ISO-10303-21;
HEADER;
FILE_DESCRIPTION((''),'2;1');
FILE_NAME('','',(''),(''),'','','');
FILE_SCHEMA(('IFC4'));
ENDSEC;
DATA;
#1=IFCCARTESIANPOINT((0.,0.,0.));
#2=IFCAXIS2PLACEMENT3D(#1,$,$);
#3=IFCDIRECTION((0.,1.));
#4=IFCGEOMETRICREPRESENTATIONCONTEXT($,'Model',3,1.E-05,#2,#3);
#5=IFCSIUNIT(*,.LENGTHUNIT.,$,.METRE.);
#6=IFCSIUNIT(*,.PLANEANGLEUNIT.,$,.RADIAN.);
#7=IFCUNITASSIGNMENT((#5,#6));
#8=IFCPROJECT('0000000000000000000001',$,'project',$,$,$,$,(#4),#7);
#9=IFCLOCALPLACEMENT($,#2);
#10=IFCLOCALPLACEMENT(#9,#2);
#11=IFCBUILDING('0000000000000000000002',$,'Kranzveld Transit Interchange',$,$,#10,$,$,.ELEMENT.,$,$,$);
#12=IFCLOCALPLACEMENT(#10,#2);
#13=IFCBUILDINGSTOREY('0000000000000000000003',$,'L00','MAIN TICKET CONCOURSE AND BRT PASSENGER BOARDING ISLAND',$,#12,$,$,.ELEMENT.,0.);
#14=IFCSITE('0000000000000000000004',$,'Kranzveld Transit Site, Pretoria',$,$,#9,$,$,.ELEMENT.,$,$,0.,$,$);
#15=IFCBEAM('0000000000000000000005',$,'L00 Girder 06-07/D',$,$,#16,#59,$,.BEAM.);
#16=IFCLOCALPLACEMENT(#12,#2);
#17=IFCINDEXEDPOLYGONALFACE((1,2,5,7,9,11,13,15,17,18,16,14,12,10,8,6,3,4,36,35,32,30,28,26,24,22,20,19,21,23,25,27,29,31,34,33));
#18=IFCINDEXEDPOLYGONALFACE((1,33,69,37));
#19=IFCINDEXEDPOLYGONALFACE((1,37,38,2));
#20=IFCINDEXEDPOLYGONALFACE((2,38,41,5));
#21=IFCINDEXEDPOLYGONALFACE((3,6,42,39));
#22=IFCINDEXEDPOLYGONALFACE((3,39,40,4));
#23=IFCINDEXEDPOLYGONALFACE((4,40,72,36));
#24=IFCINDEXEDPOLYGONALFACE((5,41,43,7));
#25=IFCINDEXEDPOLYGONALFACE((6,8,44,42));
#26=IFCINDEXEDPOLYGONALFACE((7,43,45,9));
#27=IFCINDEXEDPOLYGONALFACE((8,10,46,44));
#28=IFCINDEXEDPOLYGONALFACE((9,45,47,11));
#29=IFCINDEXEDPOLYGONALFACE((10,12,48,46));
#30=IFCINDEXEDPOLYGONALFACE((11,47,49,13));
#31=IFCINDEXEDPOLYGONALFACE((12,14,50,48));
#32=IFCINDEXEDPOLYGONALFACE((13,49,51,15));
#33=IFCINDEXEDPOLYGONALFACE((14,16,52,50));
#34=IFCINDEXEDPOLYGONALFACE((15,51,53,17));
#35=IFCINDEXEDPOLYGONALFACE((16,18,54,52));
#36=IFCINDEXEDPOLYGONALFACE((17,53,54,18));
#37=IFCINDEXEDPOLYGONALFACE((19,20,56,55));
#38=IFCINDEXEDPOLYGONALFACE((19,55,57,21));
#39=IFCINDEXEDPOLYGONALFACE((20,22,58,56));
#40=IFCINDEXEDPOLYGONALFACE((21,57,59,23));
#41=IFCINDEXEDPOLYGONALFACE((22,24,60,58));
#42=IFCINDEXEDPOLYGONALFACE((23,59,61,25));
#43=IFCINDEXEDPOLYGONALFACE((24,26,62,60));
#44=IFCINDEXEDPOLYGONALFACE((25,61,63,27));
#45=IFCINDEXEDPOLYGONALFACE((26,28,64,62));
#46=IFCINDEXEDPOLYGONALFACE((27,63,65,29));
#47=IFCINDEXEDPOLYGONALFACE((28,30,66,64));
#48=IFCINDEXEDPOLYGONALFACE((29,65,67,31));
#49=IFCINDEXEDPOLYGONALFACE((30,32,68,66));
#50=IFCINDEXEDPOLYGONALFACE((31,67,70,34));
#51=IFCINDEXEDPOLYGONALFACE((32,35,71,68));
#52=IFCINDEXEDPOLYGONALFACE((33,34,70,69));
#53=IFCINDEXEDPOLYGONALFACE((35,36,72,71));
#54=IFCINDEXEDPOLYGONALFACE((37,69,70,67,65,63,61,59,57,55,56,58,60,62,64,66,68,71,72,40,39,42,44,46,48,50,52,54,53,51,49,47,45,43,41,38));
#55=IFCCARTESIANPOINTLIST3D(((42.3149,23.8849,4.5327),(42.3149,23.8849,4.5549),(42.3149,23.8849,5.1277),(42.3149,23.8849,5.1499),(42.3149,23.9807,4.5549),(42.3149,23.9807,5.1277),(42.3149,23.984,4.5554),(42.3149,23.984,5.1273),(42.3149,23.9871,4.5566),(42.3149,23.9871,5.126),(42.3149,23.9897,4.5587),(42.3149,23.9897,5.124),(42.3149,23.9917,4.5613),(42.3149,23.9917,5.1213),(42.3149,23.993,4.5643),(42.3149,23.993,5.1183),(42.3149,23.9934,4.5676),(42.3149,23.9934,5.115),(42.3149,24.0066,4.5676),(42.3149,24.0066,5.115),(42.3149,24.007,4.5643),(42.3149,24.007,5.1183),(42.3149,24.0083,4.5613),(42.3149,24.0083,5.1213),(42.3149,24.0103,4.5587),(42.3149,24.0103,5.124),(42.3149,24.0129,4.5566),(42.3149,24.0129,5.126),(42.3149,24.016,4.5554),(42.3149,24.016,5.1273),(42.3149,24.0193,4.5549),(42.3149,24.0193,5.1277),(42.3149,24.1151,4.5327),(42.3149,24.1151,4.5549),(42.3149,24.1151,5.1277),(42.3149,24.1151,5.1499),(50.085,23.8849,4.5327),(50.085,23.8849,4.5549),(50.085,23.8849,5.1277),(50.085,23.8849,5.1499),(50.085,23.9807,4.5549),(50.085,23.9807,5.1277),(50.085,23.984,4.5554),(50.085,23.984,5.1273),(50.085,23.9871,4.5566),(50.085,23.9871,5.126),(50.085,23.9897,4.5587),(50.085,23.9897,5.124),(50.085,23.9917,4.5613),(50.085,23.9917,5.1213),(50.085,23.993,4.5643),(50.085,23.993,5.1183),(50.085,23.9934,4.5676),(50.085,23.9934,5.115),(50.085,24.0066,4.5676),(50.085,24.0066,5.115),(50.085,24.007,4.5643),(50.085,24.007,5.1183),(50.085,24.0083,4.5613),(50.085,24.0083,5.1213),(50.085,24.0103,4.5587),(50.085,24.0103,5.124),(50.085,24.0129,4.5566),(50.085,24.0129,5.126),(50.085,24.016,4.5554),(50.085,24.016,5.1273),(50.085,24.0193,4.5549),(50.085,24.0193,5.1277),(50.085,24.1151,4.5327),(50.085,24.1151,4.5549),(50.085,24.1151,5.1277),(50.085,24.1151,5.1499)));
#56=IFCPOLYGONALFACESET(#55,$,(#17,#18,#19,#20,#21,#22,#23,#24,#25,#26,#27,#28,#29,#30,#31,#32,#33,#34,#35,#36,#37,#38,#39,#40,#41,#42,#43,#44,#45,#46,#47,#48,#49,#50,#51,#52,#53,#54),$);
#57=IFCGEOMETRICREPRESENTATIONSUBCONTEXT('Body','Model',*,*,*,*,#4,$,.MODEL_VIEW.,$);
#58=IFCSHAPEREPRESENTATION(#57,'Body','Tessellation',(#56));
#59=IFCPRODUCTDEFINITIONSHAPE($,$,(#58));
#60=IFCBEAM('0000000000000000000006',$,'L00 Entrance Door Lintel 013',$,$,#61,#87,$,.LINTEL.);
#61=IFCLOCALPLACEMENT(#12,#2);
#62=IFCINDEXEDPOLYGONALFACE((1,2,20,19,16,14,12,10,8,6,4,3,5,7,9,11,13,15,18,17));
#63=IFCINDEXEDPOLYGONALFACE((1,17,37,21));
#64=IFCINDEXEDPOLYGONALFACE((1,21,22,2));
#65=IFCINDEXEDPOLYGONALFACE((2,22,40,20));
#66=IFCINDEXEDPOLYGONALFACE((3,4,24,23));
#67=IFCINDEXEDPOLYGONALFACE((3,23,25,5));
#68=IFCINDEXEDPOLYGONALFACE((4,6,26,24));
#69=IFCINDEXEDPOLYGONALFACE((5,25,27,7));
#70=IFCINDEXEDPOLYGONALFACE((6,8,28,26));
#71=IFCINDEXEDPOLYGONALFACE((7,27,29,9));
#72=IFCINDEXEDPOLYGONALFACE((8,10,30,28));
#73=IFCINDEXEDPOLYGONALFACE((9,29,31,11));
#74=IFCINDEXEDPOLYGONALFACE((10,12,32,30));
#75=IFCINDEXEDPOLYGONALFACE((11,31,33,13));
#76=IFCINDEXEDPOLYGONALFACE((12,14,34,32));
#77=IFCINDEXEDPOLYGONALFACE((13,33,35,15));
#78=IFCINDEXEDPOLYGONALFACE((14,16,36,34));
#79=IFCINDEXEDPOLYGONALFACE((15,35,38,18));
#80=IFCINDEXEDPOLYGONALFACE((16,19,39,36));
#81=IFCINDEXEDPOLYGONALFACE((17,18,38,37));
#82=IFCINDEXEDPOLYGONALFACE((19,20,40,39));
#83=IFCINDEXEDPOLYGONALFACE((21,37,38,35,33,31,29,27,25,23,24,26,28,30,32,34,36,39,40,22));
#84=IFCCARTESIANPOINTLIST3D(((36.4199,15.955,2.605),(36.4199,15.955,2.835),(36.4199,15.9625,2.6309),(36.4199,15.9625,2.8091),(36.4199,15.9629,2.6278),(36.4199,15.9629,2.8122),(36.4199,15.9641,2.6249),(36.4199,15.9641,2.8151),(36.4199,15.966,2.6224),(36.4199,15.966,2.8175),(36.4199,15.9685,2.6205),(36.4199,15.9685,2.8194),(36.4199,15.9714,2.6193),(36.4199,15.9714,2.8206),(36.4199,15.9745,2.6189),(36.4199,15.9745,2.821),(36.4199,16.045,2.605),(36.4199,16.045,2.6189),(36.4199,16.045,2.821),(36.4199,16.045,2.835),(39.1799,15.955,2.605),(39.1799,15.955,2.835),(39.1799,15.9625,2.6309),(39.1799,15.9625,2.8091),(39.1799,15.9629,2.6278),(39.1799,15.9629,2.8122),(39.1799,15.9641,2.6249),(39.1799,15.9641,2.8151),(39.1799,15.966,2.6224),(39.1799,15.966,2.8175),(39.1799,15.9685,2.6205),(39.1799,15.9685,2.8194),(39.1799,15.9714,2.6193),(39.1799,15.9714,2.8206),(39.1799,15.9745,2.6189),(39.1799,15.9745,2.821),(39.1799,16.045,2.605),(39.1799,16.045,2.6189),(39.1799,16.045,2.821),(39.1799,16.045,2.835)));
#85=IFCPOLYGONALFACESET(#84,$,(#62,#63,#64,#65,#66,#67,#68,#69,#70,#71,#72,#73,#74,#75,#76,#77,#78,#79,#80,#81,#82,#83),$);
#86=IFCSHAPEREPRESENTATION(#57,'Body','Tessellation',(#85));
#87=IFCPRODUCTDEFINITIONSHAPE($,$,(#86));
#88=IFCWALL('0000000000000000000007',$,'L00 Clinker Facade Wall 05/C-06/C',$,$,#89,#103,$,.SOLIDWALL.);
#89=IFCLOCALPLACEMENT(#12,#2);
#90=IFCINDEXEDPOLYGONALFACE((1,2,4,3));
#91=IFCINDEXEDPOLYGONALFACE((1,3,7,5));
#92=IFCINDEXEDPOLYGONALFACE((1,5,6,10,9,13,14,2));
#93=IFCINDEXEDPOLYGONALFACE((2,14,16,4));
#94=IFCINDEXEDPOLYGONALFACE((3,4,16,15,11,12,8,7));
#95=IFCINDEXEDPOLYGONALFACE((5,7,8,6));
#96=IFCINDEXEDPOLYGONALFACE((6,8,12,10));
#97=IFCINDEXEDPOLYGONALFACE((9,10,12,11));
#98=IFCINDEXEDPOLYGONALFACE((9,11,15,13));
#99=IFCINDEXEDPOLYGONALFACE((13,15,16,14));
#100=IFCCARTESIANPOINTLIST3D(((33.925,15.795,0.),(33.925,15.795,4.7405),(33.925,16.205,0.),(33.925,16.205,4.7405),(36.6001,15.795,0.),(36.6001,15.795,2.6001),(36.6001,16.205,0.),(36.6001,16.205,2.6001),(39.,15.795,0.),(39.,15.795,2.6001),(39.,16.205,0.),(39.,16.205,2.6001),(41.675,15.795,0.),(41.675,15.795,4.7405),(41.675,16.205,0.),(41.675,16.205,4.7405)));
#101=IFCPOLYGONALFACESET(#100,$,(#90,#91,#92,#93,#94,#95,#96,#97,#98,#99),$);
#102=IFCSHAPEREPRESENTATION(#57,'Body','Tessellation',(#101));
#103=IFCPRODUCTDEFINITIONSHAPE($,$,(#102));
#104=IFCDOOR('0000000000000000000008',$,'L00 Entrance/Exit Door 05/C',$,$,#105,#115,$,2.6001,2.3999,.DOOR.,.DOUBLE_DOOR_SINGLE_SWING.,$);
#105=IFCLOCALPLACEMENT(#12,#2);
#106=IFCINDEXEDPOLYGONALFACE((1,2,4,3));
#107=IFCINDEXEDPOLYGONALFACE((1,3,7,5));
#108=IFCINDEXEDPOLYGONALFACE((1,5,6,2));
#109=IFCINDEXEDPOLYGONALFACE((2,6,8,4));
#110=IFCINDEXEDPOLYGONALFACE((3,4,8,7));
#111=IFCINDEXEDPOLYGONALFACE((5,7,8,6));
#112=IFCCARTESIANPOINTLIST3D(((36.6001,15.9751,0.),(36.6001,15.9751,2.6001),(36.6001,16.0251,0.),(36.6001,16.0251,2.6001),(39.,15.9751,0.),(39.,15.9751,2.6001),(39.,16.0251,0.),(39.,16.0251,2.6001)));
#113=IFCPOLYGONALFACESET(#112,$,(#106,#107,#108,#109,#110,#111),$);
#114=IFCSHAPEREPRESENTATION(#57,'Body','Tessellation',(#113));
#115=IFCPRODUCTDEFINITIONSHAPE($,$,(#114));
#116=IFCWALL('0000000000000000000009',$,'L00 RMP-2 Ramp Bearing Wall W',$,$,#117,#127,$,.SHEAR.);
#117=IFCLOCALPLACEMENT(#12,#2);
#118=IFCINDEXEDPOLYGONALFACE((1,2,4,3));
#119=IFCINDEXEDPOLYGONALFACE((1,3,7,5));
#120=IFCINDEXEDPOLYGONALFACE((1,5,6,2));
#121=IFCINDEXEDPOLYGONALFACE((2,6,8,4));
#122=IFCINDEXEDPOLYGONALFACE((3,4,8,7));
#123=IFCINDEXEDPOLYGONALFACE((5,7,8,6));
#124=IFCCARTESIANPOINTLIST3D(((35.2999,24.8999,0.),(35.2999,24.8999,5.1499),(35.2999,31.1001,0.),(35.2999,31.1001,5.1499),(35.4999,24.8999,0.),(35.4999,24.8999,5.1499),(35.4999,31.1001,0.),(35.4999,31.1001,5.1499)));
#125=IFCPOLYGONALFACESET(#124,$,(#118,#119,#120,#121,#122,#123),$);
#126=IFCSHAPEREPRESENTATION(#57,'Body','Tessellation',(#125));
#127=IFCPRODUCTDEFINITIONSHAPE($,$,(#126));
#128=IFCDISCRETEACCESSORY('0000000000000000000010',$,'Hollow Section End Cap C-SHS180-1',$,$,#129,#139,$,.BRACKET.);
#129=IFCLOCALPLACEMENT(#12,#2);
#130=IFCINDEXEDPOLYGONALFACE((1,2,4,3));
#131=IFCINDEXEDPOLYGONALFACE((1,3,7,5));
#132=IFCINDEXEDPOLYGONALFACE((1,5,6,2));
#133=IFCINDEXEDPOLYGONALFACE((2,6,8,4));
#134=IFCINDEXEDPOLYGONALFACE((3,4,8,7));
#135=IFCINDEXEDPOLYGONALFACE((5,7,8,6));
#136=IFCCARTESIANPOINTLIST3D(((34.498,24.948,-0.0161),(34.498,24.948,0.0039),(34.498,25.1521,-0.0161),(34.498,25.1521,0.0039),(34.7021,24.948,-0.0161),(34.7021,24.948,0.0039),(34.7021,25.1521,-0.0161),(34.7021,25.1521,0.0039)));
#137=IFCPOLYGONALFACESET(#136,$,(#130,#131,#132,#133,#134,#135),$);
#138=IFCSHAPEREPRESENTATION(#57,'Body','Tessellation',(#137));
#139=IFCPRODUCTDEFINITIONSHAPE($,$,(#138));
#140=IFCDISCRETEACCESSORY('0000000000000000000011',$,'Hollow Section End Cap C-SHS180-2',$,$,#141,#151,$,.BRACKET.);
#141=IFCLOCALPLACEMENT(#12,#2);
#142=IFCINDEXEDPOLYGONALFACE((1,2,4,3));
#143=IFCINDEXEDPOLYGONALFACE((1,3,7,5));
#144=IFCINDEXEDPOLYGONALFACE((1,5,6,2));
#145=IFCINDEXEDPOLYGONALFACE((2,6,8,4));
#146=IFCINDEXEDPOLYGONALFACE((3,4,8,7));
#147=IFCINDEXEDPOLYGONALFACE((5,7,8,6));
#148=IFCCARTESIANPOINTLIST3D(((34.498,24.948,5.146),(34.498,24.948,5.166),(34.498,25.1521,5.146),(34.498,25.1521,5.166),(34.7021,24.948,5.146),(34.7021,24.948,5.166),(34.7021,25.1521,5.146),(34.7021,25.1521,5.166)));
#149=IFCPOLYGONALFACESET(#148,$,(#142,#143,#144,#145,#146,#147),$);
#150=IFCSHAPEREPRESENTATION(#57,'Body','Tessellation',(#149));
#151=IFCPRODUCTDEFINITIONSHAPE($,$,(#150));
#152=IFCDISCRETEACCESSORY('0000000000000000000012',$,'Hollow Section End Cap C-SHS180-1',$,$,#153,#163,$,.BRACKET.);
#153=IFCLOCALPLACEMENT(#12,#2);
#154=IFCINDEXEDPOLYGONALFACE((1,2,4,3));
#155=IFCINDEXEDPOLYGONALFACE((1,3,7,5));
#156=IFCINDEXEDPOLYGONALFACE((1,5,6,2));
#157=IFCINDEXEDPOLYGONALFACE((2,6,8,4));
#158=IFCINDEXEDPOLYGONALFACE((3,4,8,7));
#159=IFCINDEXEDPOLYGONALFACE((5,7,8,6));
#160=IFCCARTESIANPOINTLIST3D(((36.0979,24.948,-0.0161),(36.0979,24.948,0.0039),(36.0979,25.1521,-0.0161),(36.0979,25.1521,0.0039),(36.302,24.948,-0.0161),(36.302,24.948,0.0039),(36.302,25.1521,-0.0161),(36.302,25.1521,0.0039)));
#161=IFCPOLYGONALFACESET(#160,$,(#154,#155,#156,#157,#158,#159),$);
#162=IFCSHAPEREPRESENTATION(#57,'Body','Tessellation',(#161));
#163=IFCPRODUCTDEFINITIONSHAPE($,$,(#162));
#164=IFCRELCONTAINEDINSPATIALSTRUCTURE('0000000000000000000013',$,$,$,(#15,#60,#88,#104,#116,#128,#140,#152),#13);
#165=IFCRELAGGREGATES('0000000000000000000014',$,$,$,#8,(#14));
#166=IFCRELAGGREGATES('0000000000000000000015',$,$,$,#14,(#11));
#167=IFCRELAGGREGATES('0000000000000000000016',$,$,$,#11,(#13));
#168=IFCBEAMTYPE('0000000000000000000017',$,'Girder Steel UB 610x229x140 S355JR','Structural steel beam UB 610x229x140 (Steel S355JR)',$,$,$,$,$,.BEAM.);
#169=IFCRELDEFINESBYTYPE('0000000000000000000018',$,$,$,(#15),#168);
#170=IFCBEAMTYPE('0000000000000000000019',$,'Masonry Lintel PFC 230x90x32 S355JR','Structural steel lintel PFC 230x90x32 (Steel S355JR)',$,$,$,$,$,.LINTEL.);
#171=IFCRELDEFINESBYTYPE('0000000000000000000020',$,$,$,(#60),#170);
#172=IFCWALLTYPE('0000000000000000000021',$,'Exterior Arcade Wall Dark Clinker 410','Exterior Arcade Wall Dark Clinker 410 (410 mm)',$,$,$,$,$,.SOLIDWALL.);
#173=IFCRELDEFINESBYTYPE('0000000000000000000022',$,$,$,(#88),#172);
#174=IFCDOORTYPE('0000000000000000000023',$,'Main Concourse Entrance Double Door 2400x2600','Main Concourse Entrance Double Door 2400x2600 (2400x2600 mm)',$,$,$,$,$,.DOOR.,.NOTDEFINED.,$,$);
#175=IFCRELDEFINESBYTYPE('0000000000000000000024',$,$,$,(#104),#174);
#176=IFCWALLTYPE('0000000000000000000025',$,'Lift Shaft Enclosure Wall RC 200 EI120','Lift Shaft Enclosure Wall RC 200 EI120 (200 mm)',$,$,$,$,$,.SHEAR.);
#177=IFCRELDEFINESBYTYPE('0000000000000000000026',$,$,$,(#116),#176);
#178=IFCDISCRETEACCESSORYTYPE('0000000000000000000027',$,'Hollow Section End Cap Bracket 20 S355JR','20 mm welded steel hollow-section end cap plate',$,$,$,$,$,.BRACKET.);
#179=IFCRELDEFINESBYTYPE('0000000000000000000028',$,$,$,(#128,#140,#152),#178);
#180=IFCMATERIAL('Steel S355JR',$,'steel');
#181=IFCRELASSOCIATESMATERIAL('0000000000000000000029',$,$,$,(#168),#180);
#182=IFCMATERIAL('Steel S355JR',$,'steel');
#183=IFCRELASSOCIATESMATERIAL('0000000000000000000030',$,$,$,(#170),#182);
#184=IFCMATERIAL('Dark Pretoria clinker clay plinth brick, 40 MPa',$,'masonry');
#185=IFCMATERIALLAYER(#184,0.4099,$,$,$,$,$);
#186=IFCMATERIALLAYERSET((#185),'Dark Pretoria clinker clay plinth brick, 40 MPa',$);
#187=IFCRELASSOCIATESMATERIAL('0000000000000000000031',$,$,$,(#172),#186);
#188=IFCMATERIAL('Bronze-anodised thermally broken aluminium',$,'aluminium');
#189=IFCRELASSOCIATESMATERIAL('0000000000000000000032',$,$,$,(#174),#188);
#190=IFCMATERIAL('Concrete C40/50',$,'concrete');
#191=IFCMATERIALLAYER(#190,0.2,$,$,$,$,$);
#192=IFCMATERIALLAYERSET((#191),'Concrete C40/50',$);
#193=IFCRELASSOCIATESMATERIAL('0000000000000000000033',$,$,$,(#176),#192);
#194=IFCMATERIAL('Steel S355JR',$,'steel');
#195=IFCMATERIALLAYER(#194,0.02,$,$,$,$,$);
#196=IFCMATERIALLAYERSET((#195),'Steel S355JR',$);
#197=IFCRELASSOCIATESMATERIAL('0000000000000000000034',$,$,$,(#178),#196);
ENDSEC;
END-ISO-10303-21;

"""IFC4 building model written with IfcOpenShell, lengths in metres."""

from ifc_helpers import new_model, si_unit, direction, frame, frame_2d, origin, origin_2d, place, context, subcontext, project, spatial, rectangle, i_section, u_section, extrude, material, layer, layer_set, material_profile, profile_set, type_object, element, fill, save


model = new_model("IFC4")

# Units and contexts
model_context = context("Model", 3, precision=1e-05, world=origin(), true_north=direction((0.0, 1.0)))
body_context = subcontext(model_context, "Body", "Model", "MODEL_VIEW")
ifc_project = project(units=[si_unit("LENGTHUNIT", "METRE"), si_unit("PLANEANGLEUNIT", "RADIAN")], contexts=[model_context])

# Site, building, storey
site_placement = place(None, origin())
site = spatial("IfcSite", under=ifc_project, at=site_placement, Name="Kranzveld Transit Site, Pretoria", CompositionType="ELEMENT", RefElevation=0.0)
building_placement = place(site_placement, origin())
building = spatial("IfcBuilding", under=site, at=building_placement, Name="Kranzveld Transit Interchange", CompositionType="ELEMENT")
storey_placement = place(building_placement, origin())
storey = spatial("IfcBuildingStorey", under=building, at=storey_placement, Name="L00", Description="MAIN TICKET CONCOURSE AND BRT PASSENGER BOARDING ISLAND", CompositionType="ELEMENT", Elevation=0.0)

# Beams
ifc_material_1 = material(Name="Steel S355JR", Category="steel")
ifc_material_profile_1 = material_profile(ifc_material_1, i_section(OverallWidth=0.2302, OverallDepth=0.6172, WebThickness=0.0132, FlangeThickness=0.0222, FilletRadius=0.0127, at=origin_2d()), Name="UB 610x229x140")
ifc_profile_set_1 = profile_set([ifc_material_profile_1], Name="Steel S355JR")
beam_type_1 = type_object("IfcBeamType", Name="Girder Steel UB 610x229x140 S355JR", Description="Structural steel beam UB 610x229x140 (Steel S355JR)", PredefinedType="BEAM", material=ifc_profile_set_1)
for number, where, z_axis, x_axis, name in (
    (1, (42.3149, 24.0, 4.8413), (1.0, 0.0, 0.0), (0.0, 1.0, 0.0), "L00 Girder 06-07/D"),
):
    element("IfcBeam", number, at=place(storey_placement, frame(where, z_axis=z_axis, x_axis=x_axis)), inside=storey, type_object=beam_type_1, Name=name, PredefinedType="BEAM", context=body_context, shape_type="SweptSolid", body=[
        extrude(i_section(OverallWidth=0.2302, OverallDepth=0.6172, WebThickness=0.0132, FlangeThickness=0.0222, FilletRadius=0.0127, at=origin_2d()), origin(), (0.0, 0.0, 1.0), 7.77),
    ])
ifc_material_2 = material(Name="Steel S355JR", Category="steel")
ifc_material_profile_2 = material_profile(ifc_material_2, u_section(Depth=0.23, FlangeWidth=0.0901, WebThickness=0.0076, FlangeThickness=0.0139, FilletRadius=0.012, at=origin_2d()), Name="PFC 230x90x32")
ifc_profile_set_2 = profile_set([ifc_material_profile_2], Name="Steel S355JR")
beam_type_2 = type_object("IfcBeamType", Name="Masonry Lintel PFC 230x90x32 S355JR", Description="Structural steel lintel PFC 230x90x32 (Steel S355JR)", PredefinedType="LINTEL", material=ifc_profile_set_2)
beam_placement = place(storey_placement, frame((36.4199, 16.0, 2.72), z_axis=(1.0, 0.0, 0.0), x_axis=(0.0, 1.0, 0.0)))
element("IfcBeam", 2, at=beam_placement, inside=storey, type_object=beam_type_2, Name="L00 Entrance Door Lintel 013", PredefinedType="LINTEL", context=body_context, shape_type="SweptSolid", body=[
    extrude(u_section(Depth=0.23, FlangeWidth=0.0901, WebThickness=0.0076, FlangeThickness=0.0139, FilletRadius=0.012, at=origin_2d()), origin(), (0.0, 0.0, 1.0), 2.76),
])

# Wall, opening, door
ifc_material_3 = material(Name="Dark Pretoria clinker clay plinth brick, 40 MPa", Category="masonry")
ifc_layer_1 = layer(ifc_material_3, 0.4099)
ifc_layer_set_1 = layer_set([ifc_layer_1], Name="Dark Pretoria clinker clay plinth brick, 40 MPa")
wall_type_1 = type_object("IfcWallType", Name="Exterior Arcade Wall Dark Clinker 410", Description="Exterior Arcade Wall Dark Clinker 410 (410 mm)", PredefinedType="SOLIDWALL", material=ifc_layer_set_1)
wall_1_placement = place(storey_placement, frame((33.925, 16.0, 0.0), z_axis=(0.0, 0.0, 1.0), x_axis=(1.0, 0.0, 0.0)))
wall_1 = element("IfcWall", 3, at=wall_1_placement, inside=storey, type_object=wall_type_1, Name="L00 Clinker Facade Wall 05/C-06/C", PredefinedType="SOLIDWALL", context=body_context, shape_type="SweptSolid", body=[
    extrude(rectangle(XDim=7.75, YDim=0.4099, at=frame_2d((3.875, 0.0))), origin(), (0.0, 0.0, 1.0), 4.7405),
])
opening_placement = place(wall_1_placement, frame((5.075, 0.0, 0.0), z_axis=(0.0, 0.0, 1.0), x_axis=(-1.0, 0.0, 0.0)))
opening = element("IfcOpeningElement", 4, at=opening_placement, cuts=wall_1, PredefinedType="OPENING", context=body_context, shape_type="SweptSolid", body=[
    extrude(rectangle(XDim=2.3999, YDim=2.6001, at=frame_2d((1.2, 1.3))), frame((0.0, 0.2148, 0.0), z_axis=(0.0, -1.0, 0.0), x_axis=(1.0, 0.0, 0.0)), (0.0, 0.0, 1.0), 0.4299),
])
ifc_material_4 = material(Name="Bronze-anodised thermally broken aluminium", Category="aluminium")
door_type = type_object("IfcDoorType", Name="Main Concourse Entrance Double Door 2400x2600", Description="Main Concourse Entrance Double Door 2400x2600 (2400x2600 mm)", OperationType="NOTDEFINED", PredefinedType="DOOR", material=ifc_material_4)
door_placement = place(opening_placement, origin())
door = element("IfcDoor", 5, at=door_placement, inside=storey, type_object=door_type, Name="L00 Entrance/Exit Door 05/C", OperationType="DOUBLE_DOOR_SINGLE_SWING", OverallHeight=2.6001, OverallWidth=2.3999, PredefinedType="DOOR", context=body_context, shape_type="SweptSolid", body=[
    extrude(rectangle(XDim=2.3999, YDim=2.6001, at=frame_2d((1.2, 1.3))), frame((0.0, 0.0249, 0.0), z_axis=(0.0, -1.0, 0.0), x_axis=(1.0, 0.0, 0.0)), (0.0, 0.0, 1.0), 0.05),
])
fill(opening, door)

# Wall
ifc_material_5 = material(Name="Concrete C40/50", Category="concrete")
ifc_layer_2 = layer(ifc_material_5, 0.2)
ifc_layer_set_2 = layer_set([ifc_layer_2], Name="Concrete C40/50")
wall_type_2 = type_object("IfcWallType", Name="Lift Shaft Enclosure Wall RC 200 EI120", Description="Lift Shaft Enclosure Wall RC 200 EI120 (200 mm)", PredefinedType="SHEAR", material=ifc_layer_set_2)
wall_2_placement = place(storey_placement, frame((35.3999, 24.8999, 0.0), z_axis=(0.0, 0.0, 1.0), x_axis=(0.0, 1.0, 0.0)))
element("IfcWall", 6, at=wall_2_placement, inside=storey, type_object=wall_type_2, Name="L00 RMP-2 Ramp Bearing Wall W", PredefinedType="SHEAR", context=body_context, shape_type="SweptSolid", body=[
    extrude(rectangle(XDim=6.2002, YDim=0.2, at=frame_2d((3.1001, 0.0))), origin(), (0.0, 0.0, 1.0), 5.1499),
])

# Discrete accessories
ifc_material_6 = material(Name="Steel S355JR", Category="steel")
ifc_layer_3 = layer(ifc_material_6, 0.02)
ifc_layer_set_3 = layer_set([ifc_layer_3], Name="Steel S355JR")
discrete_accessory_type = type_object("IfcDiscreteAccessoryType", Name="Hollow Section End Cap Bracket 20 S355JR", Description="20 mm welded steel hollow-section end cap plate", PredefinedType="BRACKET", material=ifc_layer_set_3)
for number, where, z_axis, x_axis, name in (
    (7, (34.6001, 25.05, 0.0039), (0.0, 0.0, -1.0), (1.0, 0.0, 0.0), "Hollow Section End Cap C-SHS180-1"),
    (8, (34.6001, 25.05, 5.146), (0.0, 0.0, 1.0), (1.0, 0.0, 0.0), "Hollow Section End Cap C-SHS180-2"),
    (9, (36.2, 25.05, 0.0039), (0.0, 0.0, -1.0), (1.0, 0.0, 0.0), "Hollow Section End Cap C-SHS180-1"),
):
    element("IfcDiscreteAccessory", number, at=place(storey_placement, frame(where, z_axis=z_axis, x_axis=x_axis)), inside=storey, type_object=discrete_accessory_type, Name=name, PredefinedType="BRACKET", context=body_context, shape_type="SweptSolid", body=[
        extrude(rectangle(XDim=0.2041, YDim=0.2041, at=origin_2d()), origin(), (0.0, 0.0, 1.0), 0.02),
    ])

save(model, "model.ifc")
